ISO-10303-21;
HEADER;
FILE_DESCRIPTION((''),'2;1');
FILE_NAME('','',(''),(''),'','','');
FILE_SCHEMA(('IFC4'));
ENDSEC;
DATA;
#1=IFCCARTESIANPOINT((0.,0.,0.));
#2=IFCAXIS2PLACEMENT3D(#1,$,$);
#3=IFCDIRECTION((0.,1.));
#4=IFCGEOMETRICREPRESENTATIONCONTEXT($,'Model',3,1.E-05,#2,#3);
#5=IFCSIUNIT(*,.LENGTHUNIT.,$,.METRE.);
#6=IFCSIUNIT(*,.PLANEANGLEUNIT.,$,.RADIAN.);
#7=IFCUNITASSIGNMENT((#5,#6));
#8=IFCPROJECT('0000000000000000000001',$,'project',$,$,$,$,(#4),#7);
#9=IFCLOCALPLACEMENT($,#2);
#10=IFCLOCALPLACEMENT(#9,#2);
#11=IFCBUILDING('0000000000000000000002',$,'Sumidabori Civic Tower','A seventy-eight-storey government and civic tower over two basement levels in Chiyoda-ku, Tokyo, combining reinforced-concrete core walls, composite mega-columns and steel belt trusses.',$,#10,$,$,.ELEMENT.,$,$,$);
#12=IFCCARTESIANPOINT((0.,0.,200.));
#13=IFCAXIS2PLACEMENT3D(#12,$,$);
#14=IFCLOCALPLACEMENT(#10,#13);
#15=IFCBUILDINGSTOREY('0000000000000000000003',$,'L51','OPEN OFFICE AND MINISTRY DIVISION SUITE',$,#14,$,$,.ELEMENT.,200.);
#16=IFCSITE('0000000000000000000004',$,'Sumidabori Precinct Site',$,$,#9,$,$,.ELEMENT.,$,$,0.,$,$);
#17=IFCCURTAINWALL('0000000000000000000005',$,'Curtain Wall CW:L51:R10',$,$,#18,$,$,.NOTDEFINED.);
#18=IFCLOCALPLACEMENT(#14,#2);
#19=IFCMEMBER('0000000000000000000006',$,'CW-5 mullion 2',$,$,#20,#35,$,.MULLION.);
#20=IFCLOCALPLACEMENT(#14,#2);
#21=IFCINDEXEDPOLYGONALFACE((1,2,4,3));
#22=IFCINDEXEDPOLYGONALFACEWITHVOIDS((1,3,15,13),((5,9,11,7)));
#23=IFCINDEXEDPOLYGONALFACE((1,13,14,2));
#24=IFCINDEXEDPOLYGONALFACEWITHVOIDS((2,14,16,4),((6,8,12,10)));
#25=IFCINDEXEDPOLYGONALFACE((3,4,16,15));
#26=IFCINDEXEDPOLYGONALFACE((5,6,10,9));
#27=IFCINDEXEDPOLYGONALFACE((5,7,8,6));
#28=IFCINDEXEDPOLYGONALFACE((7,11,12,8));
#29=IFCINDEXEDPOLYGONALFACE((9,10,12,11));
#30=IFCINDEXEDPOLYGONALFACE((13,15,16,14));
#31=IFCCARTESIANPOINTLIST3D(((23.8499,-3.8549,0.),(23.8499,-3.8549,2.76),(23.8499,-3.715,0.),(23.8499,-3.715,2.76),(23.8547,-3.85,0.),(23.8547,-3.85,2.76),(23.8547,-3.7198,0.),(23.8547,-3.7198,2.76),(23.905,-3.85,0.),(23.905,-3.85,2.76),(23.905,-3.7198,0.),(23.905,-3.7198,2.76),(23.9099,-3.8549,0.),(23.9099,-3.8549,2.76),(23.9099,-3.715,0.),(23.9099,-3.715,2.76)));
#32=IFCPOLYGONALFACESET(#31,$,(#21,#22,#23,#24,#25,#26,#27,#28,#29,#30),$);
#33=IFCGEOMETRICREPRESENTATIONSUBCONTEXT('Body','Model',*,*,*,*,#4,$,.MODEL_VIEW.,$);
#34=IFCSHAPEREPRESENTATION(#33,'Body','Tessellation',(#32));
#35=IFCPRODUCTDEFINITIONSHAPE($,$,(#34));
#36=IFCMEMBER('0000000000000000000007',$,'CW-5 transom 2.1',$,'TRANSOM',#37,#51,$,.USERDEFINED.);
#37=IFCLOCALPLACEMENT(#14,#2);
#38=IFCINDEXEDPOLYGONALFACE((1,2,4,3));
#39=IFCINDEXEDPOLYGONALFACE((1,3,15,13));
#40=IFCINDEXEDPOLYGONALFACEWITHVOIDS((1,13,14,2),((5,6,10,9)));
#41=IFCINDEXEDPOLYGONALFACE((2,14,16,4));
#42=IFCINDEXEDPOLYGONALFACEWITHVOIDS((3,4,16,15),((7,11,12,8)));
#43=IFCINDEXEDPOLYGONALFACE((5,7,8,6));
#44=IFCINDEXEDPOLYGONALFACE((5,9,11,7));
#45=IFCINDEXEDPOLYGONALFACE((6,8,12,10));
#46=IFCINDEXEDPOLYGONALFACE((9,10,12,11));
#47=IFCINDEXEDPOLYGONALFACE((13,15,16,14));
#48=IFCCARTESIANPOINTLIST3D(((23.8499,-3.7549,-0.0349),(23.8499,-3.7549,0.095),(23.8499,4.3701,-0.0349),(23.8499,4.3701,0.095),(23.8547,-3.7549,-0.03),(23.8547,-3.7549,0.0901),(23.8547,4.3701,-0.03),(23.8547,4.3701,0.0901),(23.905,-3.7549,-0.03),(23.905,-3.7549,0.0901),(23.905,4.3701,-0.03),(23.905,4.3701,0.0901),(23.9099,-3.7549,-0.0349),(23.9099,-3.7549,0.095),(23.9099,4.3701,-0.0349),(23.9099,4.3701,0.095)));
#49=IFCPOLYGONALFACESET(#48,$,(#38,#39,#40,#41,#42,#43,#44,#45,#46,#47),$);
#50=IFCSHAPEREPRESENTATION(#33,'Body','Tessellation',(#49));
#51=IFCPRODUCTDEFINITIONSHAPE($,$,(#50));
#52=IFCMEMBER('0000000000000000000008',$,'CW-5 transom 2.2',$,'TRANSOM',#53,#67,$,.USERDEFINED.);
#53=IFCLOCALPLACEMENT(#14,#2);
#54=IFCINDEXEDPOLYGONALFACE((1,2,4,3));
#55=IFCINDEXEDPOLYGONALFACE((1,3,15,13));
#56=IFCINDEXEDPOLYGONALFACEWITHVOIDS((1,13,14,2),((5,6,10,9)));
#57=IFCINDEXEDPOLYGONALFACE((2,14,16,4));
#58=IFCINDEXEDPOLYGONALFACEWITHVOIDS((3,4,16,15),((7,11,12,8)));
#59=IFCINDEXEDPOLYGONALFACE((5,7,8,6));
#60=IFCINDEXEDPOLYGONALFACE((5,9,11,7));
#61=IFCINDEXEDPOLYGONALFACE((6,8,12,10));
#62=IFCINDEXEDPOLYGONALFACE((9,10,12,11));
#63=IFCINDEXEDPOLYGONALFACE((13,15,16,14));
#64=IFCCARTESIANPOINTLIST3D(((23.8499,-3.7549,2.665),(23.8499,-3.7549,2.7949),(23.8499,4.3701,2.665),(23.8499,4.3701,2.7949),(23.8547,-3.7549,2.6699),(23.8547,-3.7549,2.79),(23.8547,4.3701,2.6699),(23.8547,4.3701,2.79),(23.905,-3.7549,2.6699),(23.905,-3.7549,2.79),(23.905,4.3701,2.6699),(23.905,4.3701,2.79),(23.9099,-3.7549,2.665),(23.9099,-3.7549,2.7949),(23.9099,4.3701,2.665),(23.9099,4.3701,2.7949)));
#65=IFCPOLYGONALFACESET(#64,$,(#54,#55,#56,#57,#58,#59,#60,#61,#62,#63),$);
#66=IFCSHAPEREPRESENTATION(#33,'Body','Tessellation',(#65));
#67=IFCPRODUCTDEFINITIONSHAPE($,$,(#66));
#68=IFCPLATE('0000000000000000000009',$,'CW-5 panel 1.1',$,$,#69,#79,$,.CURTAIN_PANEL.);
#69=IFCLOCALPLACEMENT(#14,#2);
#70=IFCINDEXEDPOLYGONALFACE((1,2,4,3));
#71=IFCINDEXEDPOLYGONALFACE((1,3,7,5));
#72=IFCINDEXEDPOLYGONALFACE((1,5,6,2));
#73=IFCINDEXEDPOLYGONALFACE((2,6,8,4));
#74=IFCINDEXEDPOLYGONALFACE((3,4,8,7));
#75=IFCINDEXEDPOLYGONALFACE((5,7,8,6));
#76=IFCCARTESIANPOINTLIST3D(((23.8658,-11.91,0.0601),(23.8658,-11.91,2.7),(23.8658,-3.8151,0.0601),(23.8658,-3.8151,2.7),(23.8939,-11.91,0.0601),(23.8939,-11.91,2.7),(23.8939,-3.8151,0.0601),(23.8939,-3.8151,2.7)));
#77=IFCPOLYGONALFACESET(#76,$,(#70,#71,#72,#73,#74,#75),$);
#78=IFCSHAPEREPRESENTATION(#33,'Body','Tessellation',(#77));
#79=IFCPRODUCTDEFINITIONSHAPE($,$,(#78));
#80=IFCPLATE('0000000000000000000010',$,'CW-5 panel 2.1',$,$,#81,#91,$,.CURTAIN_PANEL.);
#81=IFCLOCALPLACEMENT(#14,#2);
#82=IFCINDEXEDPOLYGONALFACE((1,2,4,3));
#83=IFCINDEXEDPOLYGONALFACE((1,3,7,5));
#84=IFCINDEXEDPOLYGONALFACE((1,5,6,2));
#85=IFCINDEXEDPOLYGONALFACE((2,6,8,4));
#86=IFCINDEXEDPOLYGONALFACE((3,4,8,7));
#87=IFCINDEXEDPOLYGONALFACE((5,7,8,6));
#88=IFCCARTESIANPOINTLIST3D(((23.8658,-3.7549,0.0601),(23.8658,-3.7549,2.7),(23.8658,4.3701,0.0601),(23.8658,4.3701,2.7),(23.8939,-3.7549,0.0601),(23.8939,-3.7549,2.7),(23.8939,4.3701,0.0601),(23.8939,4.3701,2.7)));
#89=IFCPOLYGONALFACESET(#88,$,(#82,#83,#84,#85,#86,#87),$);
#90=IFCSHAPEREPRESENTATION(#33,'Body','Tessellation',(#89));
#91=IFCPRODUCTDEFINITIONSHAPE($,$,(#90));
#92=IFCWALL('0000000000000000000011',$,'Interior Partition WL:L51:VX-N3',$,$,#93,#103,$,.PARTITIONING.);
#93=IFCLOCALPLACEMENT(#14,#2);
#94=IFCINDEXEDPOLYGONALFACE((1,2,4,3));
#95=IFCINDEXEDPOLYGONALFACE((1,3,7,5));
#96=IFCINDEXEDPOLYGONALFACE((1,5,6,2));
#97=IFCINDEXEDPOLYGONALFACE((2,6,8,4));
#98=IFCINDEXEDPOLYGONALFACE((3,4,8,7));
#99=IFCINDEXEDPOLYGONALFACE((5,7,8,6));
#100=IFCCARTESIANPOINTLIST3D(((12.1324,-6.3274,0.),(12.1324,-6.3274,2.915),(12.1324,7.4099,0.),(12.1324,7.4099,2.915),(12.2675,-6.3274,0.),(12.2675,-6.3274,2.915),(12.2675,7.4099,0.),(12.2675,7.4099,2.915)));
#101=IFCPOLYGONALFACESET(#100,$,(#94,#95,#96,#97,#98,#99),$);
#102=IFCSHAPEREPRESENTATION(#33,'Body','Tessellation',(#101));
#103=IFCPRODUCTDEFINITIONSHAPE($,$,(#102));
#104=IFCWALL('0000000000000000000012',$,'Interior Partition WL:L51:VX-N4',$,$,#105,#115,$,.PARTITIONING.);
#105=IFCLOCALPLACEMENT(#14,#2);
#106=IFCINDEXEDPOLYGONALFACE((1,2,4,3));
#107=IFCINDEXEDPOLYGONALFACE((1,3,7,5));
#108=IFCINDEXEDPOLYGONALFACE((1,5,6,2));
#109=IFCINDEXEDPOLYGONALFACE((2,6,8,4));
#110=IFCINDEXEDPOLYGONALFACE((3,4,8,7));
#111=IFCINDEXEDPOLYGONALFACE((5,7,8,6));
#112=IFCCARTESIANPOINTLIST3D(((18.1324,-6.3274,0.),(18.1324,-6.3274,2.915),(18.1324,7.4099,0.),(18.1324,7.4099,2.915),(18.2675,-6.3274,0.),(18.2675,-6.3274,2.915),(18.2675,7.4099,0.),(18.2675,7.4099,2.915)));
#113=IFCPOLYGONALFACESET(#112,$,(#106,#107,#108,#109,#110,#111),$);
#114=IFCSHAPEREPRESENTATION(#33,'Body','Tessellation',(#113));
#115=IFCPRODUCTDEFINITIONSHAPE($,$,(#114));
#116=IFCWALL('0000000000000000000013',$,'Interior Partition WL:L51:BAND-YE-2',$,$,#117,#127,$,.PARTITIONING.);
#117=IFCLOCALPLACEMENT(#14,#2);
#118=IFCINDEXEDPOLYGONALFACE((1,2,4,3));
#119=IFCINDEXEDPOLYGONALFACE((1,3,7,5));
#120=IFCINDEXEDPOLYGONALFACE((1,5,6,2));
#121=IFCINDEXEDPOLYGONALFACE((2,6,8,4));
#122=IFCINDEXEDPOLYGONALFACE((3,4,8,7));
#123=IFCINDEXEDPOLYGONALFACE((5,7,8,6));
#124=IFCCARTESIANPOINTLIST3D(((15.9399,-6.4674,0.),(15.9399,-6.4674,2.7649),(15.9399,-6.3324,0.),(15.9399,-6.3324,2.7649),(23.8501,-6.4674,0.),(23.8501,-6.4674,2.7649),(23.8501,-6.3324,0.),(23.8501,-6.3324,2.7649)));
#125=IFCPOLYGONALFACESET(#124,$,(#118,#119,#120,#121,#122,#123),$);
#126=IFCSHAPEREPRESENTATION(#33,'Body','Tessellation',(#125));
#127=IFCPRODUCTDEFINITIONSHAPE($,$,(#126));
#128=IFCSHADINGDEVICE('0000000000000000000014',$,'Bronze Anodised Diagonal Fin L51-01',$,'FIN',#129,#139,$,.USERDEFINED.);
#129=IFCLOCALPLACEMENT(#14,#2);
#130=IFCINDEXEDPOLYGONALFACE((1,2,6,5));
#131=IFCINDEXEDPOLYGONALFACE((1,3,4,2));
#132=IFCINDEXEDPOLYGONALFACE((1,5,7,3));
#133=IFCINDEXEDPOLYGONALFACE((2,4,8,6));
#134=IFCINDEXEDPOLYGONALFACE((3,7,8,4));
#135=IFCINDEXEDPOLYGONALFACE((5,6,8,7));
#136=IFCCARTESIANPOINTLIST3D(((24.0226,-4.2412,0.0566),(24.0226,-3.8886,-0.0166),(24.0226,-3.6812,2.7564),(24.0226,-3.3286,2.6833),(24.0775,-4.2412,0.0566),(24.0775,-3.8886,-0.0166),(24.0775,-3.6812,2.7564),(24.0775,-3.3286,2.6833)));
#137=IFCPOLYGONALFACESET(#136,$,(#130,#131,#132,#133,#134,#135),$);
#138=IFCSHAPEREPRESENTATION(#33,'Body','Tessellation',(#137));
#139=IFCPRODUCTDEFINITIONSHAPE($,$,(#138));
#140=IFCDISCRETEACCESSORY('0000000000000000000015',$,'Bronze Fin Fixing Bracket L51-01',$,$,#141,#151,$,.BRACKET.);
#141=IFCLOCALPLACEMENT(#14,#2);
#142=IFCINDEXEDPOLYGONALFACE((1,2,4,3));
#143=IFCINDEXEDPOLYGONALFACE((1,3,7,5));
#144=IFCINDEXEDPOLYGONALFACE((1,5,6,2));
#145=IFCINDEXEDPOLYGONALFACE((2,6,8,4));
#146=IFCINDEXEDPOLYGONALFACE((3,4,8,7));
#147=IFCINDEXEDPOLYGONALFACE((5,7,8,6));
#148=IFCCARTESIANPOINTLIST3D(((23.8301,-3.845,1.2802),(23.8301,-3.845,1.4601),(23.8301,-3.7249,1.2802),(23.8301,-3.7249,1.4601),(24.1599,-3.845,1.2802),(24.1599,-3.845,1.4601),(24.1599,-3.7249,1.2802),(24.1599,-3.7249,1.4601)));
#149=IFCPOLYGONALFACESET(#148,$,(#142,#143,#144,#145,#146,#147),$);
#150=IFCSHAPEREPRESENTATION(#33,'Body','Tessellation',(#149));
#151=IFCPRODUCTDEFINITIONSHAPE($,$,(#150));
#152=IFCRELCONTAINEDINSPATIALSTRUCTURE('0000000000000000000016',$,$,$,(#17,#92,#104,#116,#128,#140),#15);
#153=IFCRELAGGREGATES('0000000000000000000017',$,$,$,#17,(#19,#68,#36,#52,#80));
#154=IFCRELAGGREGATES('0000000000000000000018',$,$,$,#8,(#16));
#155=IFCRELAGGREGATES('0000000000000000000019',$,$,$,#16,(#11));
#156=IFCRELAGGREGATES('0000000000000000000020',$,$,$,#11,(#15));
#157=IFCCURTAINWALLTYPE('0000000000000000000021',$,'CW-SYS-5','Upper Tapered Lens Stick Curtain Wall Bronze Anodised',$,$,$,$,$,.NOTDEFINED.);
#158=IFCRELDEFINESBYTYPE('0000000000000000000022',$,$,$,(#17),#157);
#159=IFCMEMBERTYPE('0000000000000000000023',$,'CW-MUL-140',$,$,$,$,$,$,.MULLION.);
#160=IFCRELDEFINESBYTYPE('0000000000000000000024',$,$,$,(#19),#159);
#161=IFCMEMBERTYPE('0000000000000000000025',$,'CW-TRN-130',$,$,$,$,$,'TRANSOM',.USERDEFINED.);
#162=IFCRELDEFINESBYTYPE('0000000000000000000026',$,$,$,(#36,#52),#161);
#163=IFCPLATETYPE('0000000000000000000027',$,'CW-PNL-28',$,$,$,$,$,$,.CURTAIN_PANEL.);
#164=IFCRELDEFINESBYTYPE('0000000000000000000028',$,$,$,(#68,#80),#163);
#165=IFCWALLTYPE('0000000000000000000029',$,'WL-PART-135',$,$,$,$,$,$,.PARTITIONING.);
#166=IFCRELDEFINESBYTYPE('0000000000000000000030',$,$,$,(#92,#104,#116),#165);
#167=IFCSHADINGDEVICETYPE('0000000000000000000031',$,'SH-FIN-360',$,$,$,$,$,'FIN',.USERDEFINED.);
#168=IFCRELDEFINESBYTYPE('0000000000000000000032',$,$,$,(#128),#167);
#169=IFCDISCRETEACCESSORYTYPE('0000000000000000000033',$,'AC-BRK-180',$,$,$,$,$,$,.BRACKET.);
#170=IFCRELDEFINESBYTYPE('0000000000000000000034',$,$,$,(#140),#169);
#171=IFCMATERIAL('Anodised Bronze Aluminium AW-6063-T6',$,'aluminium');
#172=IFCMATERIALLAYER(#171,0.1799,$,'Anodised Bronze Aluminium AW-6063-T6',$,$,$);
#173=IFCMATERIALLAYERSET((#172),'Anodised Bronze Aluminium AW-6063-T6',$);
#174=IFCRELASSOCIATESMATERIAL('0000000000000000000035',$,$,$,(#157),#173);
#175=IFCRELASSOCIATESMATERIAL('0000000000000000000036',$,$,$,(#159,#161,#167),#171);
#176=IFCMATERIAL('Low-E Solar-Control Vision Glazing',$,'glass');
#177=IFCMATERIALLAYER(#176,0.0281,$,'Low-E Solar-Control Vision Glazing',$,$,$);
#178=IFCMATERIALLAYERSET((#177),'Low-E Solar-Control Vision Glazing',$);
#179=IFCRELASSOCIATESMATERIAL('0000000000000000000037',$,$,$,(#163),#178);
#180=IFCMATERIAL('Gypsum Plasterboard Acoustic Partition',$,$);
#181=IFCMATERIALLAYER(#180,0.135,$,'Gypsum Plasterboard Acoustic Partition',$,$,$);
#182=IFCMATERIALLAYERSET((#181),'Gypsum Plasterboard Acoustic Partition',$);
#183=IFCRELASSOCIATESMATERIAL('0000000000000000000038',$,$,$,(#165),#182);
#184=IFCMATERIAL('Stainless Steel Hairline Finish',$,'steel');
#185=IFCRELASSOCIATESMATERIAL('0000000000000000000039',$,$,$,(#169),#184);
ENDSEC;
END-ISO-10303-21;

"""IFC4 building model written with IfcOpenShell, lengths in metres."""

from ifc_helpers import new_model, si_unit, direction, frame, frame_2d, origin, origin_2d, place, context, subcontext, project, spatial, rectangle, hollow_rectangle, extrude, source, transform, mapped, material, layer, layer_set, material_profile, profile_set, type_object, element, aggregate, save


model = new_model("IFC4")

# Units and contexts
model_context = context("Model", 3, precision=1e-05, world=origin(), true_north=direction((0.0, 1.0)))
body_context = subcontext(model_context, "Body", "Model", "MODEL_VIEW")
ifc_project = project(units=[si_unit("LENGTHUNIT", "METRE"), si_unit("PLANEANGLEUNIT", "RADIAN")], contexts=[model_context])

# Site, building, storey
site_placement = place(None, origin())
site = spatial("IfcSite", under=ifc_project, at=site_placement, Name="Sumidabori Precinct Site", CompositionType="ELEMENT", RefElevation=0.0)
building_placement = place(site_placement, origin())
building = spatial("IfcBuilding", under=site, at=building_placement, Name="Sumidabori Civic Tower", Description="A seventy-eight-storey government and civic tower over two basement levels in Chiyoda-ku, Tokyo, combining reinforced-concrete core walls, composite mega-columns and steel belt trusses.", CompositionType="ELEMENT")
storey_placement = place(building_placement, frame((0.0, 0.0, 200.0)))
storey = spatial("IfcBuildingStorey", under=building, at=storey_placement, Name="L51", Description="OPEN OFFICE AND MINISTRY DIVISION SUITE", CompositionType="ELEMENT", Elevation=200.0)

# Curtain wall, members, plates
ifc_material_1 = material(Name="Anodised Bronze Aluminium AW-6063-T6", Category="aluminium")
ifc_layer_1 = layer(ifc_material_1, 0.1799, Name="Anodised Bronze Aluminium AW-6063-T6")
ifc_layer_set_1 = layer_set([ifc_layer_1], Name="Anodised Bronze Aluminium AW-6063-T6")
curtain_wall_type = type_object("IfcCurtainWallType", Name="CW-SYS-5", Description="Upper Tapered Lens Stick Curtain Wall Bronze Anodised", PredefinedType="NOTDEFINED", material=ifc_layer_set_1)
curtain_wall_placement = place(storey_placement, origin())
curtain_wall = element("IfcCurtainWall", 1, at=curtain_wall_placement, inside=storey, type_object=curtain_wall_type, Name="Curtain Wall CW:L51:R10", PredefinedType="NOTDEFINED")
ifc_material_profile_1 = material_profile(ifc_material_1, hollow_rectangle(XDim=0.0601, YDim=0.1399, WallThickness=0.0049, at=origin_2d()), Name="ALU MULLION 140x60")
ifc_profile_set_1 = profile_set([ifc_material_profile_1], Name="Anodised Bronze Aluminium AW-6063-T6")
member_type_1 = type_object("IfcMemberType", Name="CW-MUL-140", PredefinedType="MULLION", material=ifc_profile_set_1)
shared_shape_1 = source(origin(), body_context, "Body", "SweptSolid", [
    extrude(hollow_rectangle(XDim=0.0601, YDim=0.1399, WallThickness=0.0049, at=origin_2d()), origin(), (0.0, 0.0, 1.0), 2.76),
])
member_1_placement = place(storey_placement, frame((23.8799, -3.7849, 0.0), z_axis=(0.0, 0.0, 1.0), x_axis=(-1.0, 0.0, 0.0)))
member_1 = element("IfcMember", 2, at=member_1_placement, type_object=member_type_1, Name="CW-5 mullion 2", PredefinedType="MULLION", context=body_context, shape_type="MappedRepresentation", body=[
    mapped(shared_shape_1, transform((0.0, 0.0, 0.0), x_axis=(1.0, 0.0, 0.0), y_axis=(0.0, 1.0, 0.0), z_axis=(0.0, 0.0, 1.0), scale=1.0)),
])
ifc_material_profile_2 = material_profile(ifc_material_1, hollow_rectangle(XDim=0.0601, YDim=0.1299, WallThickness=0.0049, at=origin_2d()), Name="ALU TRANSOM 130x60")
ifc_profile_set_2 = profile_set([ifc_material_profile_2], Name="Anodised Bronze Aluminium AW-6063-T6")
member_type_2 = type_object("IfcMemberType", Name="CW-TRN-130", ElementType="TRANSOM", PredefinedType="USERDEFINED", material=ifc_profile_set_2)
shared_shape_2 = source(origin(), body_context, "Body", "SweptSolid", [
    extrude(hollow_rectangle(XDim=0.0601, YDim=0.1299, WallThickness=0.0049, at=origin_2d()), origin(), (0.0, 0.0, 1.0), 8.125),
])
member_2_placement = place(storey_placement, frame((23.8799, -3.7549, 0.03), z_axis=(0.0, 1.0, 0.0), x_axis=(-1.0, 0.0, 0.0)))
member_2 = element("IfcMember", 3, at=member_2_placement, type_object=member_type_2, Name="CW-5 transom 2.1", ObjectType="TRANSOM", PredefinedType="USERDEFINED", context=body_context, shape_type="MappedRepresentation", body=[
    mapped(shared_shape_2, transform((0.0, 0.0, 0.0), x_axis=(1.0, 0.0, 0.0), y_axis=(0.0, 1.0, 0.0), z_axis=(0.0, 0.0, 1.0), scale=1.0)),
])
member_3_placement = place(storey_placement, frame((23.8799, -3.7549, 2.73), z_axis=(0.0, 1.0, 0.0), x_axis=(-1.0, 0.0, 0.0)))
member_3 = element("IfcMember", 4, at=member_3_placement, type_object=member_type_2, Name="CW-5 transom 2.2", ObjectType="TRANSOM", PredefinedType="USERDEFINED", context=body_context, shape_type="MappedRepresentation", body=[
    mapped(shared_shape_2, transform((0.0, 0.0, 0.0), x_axis=(1.0, 0.0, 0.0), y_axis=(0.0, 1.0, 0.0), z_axis=(0.0, 0.0, 1.0), scale=1.0)),
])
ifc_material_2 = material(Name="Low-E Solar-Control Vision Glazing", Category="glass")
ifc_layer_2 = layer(ifc_material_2, 0.0281, Name="Low-E Solar-Control Vision Glazing")
ifc_layer_set_2 = layer_set([ifc_layer_2], Name="Low-E Solar-Control Vision Glazing")
plate_type = type_object("IfcPlateType", Name="CW-PNL-28", PredefinedType="CURTAIN_PANEL", material=ifc_layer_set_2)
shared_shape_3 = source(origin(), body_context, "Body", "SweptSolid", [
    extrude(rectangle(XDim=8.095, YDim=0.0281, at=origin_2d()), origin(), (0.0, 0.0, 1.0), 2.6399),
])
plate_1_placement = place(storey_placement, frame((23.8799, -7.8625, 0.0601), z_axis=(0.0, 0.0, 1.0), x_axis=(0.0, 1.0, 0.0)))
plate_1 = element("IfcPlate", 5, at=plate_1_placement, type_object=plate_type, Name="CW-5 panel 1.1", PredefinedType="CURTAIN_PANEL", context=body_context, shape_type="MappedRepresentation", body=[
    mapped(shared_shape_3, transform((0.0, 0.0, 0.0), x_axis=(1.0, 0.0, 0.0), y_axis=(0.0, 1.0, 0.0), z_axis=(0.0, 0.0, 1.0), scale=1.0)),
])
shared_shape_4 = source(origin(), body_context, "Body", "SweptSolid", [
    extrude(rectangle(XDim=8.125, YDim=0.0281, at=origin_2d()), origin(), (0.0, 0.0, 1.0), 2.6399),
])
plate_2_placement = place(storey_placement, frame((23.8799, 0.3076, 0.0601), z_axis=(0.0, 0.0, 1.0), x_axis=(0.0, 1.0, 0.0)))
plate_2 = element("IfcPlate", 6, at=plate_2_placement, type_object=plate_type, Name="CW-5 panel 2.1", PredefinedType="CURTAIN_PANEL", context=body_context, shape_type="MappedRepresentation", body=[
    mapped(shared_shape_4, transform((0.0, 0.0, 0.0), x_axis=(1.0, 0.0, 0.0), y_axis=(0.0, 1.0, 0.0), z_axis=(0.0, 0.0, 1.0), scale=1.0)),
])
aggregate(curtain_wall, [member_1, plate_1, member_2, member_3, plate_2])

# Walls
ifc_material_3 = material(Name="Gypsum Plasterboard Acoustic Partition")
ifc_layer_3 = layer(ifc_material_3, 0.135, Name="Gypsum Plasterboard Acoustic Partition")
ifc_layer_set_3 = layer_set([ifc_layer_3], Name="Gypsum Plasterboard Acoustic Partition")
wall_type = type_object("IfcWallType", Name="WL-PART-135", PredefinedType="PARTITIONING", material=ifc_layer_set_3)
shared_shape_5 = source(origin(), body_context, "Body", "SweptSolid", [
    extrude(rectangle(XDim=13.7373, YDim=0.135, at=frame_2d((6.8687, 0.0))), origin(), (0.0, 0.0, 1.0), 2.915),
])
for number, where, z_axis, x_axis, name in (
    (7, (12.2, -6.3274, 0.0), (0.0, 0.0, 1.0), (0.0, 1.0, 0.0), "Interior Partition WL:L51:VX-N3"),
    (8, (18.2, -6.3274, 0.0), (0.0, 0.0, 1.0), (0.0, 1.0, 0.0), "Interior Partition WL:L51:VX-N4"),
):
    element("IfcWall", number, at=place(storey_placement, frame(where, z_axis=z_axis, x_axis=x_axis)), inside=storey, type_object=wall_type, Name=name, PredefinedType="PARTITIONING", context=body_context, shape_type="MappedRepresentation", body=[
        mapped(shared_shape_5, transform((0.0, 0.0, 0.0), x_axis=(1.0, 0.0, 0.0), y_axis=(0.0, 1.0, 0.0), z_axis=(0.0, 0.0, 1.0), scale=1.0)),
    ])
shared_shape_6 = source(origin(), body_context, "Body", "SweptSolid", [
    extrude(rectangle(XDim=7.9102, YDim=0.135, at=frame_2d((3.9551, 0.0))), origin(), (0.0, 0.0, 1.0), 2.7649),
])
wall_placement = place(storey_placement, frame((15.9399, -6.3999, 0.0), z_axis=(0.0, 0.0, 1.0), x_axis=(1.0, 0.0, 0.0)))
element("IfcWall", 9, at=wall_placement, inside=storey, type_object=wall_type, Name="Interior Partition WL:L51:BAND-YE-2", PredefinedType="PARTITIONING", context=body_context, shape_type="MappedRepresentation", body=[
    mapped(shared_shape_6, transform((0.0, 0.0, 0.0), x_axis=(1.0, 0.0, 0.0), y_axis=(0.0, 1.0, 0.0), z_axis=(0.0, 0.0, 1.0), scale=1.0)),
])

# Shading device
ifc_material_profile_3 = material_profile(ifc_material_1, rectangle(XDim=0.0549, YDim=0.3601, at=origin_2d()), Name="BRONZE FIN 360x55")
ifc_profile_set_3 = profile_set([ifc_material_profile_3], Name="Anodised Bronze Aluminium AW-6063-T6")
shading_device_type = type_object("IfcShadingDeviceType", Name="SH-FIN-360", ElementType="FIN", PredefinedType="USERDEFINED", material=ifc_profile_set_3)
shared_shape_7 = source(origin(), body_context, "Body", "SweptSolid", [
    extrude(rectangle(XDim=0.0549, YDim=0.3601, at=origin_2d()), origin(), (0.0, 0.0, 1.0), 2.7573),
])
shading_device_placement = place(storey_placement, frame((24.05, -4.0649, 0.02), z_axis=(0.0, 0.203109, 0.979156), x_axis=(-1.0, 0.0, 0.0)))
element("IfcShadingDevice", 10, at=shading_device_placement, inside=storey, type_object=shading_device_type, Name="Bronze Anodised Diagonal Fin L51-01", ObjectType="FIN", PredefinedType="USERDEFINED", context=body_context, shape_type="MappedRepresentation", body=[
    mapped(shared_shape_7, transform((0.0, 0.0, 0.0), x_axis=(1.0, 0.0, 0.0), y_axis=(0.0, 1.0, 0.0), z_axis=(0.0, 0.0, 1.0), scale=1.0)),
])

# Discrete accessory
ifc_material_4 = material(Name="Stainless Steel Hairline Finish", Category="steel")
ifc_material_profile_4 = material_profile(ifc_material_4, rectangle(XDim=0.1201, YDim=0.1799, at=origin_2d()), Name="STEEL BRACKET 180x120")
ifc_profile_set_4 = profile_set([ifc_material_profile_4], Name="Stainless Steel Hairline Finish")
discrete_accessory_type = type_object("IfcDiscreteAccessoryType", Name="AC-BRK-180", PredefinedType="BRACKET", material=ifc_profile_set_4)
shared_shape_8 = source(origin(), body_context, "Body", "SweptSolid", [
    extrude(rectangle(XDim=0.1201, YDim=0.1799, at=origin_2d()), origin(), (0.0, 0.0, 1.0), 0.3298),
])
discrete_accessory_placement = place(storey_placement, frame((23.8301, -3.7849, 1.3701), z_axis=(1.0, 0.0, 0.0), x_axis=(0.0, 1.0, 0.0)))
element("IfcDiscreteAccessory", 11, at=discrete_accessory_placement, inside=storey, type_object=discrete_accessory_type, Name="Bronze Fin Fixing Bracket L51-01", PredefinedType="BRACKET", context=body_context, shape_type="MappedRepresentation", body=[
    mapped(shared_shape_8, transform((0.0, 0.0, 0.0), x_axis=(1.0, 0.0, 0.0), y_axis=(0.0, 1.0, 0.0), z_axis=(0.0, 0.0, 1.0), scale=1.0)),
])

save(model, "model.ifc")
